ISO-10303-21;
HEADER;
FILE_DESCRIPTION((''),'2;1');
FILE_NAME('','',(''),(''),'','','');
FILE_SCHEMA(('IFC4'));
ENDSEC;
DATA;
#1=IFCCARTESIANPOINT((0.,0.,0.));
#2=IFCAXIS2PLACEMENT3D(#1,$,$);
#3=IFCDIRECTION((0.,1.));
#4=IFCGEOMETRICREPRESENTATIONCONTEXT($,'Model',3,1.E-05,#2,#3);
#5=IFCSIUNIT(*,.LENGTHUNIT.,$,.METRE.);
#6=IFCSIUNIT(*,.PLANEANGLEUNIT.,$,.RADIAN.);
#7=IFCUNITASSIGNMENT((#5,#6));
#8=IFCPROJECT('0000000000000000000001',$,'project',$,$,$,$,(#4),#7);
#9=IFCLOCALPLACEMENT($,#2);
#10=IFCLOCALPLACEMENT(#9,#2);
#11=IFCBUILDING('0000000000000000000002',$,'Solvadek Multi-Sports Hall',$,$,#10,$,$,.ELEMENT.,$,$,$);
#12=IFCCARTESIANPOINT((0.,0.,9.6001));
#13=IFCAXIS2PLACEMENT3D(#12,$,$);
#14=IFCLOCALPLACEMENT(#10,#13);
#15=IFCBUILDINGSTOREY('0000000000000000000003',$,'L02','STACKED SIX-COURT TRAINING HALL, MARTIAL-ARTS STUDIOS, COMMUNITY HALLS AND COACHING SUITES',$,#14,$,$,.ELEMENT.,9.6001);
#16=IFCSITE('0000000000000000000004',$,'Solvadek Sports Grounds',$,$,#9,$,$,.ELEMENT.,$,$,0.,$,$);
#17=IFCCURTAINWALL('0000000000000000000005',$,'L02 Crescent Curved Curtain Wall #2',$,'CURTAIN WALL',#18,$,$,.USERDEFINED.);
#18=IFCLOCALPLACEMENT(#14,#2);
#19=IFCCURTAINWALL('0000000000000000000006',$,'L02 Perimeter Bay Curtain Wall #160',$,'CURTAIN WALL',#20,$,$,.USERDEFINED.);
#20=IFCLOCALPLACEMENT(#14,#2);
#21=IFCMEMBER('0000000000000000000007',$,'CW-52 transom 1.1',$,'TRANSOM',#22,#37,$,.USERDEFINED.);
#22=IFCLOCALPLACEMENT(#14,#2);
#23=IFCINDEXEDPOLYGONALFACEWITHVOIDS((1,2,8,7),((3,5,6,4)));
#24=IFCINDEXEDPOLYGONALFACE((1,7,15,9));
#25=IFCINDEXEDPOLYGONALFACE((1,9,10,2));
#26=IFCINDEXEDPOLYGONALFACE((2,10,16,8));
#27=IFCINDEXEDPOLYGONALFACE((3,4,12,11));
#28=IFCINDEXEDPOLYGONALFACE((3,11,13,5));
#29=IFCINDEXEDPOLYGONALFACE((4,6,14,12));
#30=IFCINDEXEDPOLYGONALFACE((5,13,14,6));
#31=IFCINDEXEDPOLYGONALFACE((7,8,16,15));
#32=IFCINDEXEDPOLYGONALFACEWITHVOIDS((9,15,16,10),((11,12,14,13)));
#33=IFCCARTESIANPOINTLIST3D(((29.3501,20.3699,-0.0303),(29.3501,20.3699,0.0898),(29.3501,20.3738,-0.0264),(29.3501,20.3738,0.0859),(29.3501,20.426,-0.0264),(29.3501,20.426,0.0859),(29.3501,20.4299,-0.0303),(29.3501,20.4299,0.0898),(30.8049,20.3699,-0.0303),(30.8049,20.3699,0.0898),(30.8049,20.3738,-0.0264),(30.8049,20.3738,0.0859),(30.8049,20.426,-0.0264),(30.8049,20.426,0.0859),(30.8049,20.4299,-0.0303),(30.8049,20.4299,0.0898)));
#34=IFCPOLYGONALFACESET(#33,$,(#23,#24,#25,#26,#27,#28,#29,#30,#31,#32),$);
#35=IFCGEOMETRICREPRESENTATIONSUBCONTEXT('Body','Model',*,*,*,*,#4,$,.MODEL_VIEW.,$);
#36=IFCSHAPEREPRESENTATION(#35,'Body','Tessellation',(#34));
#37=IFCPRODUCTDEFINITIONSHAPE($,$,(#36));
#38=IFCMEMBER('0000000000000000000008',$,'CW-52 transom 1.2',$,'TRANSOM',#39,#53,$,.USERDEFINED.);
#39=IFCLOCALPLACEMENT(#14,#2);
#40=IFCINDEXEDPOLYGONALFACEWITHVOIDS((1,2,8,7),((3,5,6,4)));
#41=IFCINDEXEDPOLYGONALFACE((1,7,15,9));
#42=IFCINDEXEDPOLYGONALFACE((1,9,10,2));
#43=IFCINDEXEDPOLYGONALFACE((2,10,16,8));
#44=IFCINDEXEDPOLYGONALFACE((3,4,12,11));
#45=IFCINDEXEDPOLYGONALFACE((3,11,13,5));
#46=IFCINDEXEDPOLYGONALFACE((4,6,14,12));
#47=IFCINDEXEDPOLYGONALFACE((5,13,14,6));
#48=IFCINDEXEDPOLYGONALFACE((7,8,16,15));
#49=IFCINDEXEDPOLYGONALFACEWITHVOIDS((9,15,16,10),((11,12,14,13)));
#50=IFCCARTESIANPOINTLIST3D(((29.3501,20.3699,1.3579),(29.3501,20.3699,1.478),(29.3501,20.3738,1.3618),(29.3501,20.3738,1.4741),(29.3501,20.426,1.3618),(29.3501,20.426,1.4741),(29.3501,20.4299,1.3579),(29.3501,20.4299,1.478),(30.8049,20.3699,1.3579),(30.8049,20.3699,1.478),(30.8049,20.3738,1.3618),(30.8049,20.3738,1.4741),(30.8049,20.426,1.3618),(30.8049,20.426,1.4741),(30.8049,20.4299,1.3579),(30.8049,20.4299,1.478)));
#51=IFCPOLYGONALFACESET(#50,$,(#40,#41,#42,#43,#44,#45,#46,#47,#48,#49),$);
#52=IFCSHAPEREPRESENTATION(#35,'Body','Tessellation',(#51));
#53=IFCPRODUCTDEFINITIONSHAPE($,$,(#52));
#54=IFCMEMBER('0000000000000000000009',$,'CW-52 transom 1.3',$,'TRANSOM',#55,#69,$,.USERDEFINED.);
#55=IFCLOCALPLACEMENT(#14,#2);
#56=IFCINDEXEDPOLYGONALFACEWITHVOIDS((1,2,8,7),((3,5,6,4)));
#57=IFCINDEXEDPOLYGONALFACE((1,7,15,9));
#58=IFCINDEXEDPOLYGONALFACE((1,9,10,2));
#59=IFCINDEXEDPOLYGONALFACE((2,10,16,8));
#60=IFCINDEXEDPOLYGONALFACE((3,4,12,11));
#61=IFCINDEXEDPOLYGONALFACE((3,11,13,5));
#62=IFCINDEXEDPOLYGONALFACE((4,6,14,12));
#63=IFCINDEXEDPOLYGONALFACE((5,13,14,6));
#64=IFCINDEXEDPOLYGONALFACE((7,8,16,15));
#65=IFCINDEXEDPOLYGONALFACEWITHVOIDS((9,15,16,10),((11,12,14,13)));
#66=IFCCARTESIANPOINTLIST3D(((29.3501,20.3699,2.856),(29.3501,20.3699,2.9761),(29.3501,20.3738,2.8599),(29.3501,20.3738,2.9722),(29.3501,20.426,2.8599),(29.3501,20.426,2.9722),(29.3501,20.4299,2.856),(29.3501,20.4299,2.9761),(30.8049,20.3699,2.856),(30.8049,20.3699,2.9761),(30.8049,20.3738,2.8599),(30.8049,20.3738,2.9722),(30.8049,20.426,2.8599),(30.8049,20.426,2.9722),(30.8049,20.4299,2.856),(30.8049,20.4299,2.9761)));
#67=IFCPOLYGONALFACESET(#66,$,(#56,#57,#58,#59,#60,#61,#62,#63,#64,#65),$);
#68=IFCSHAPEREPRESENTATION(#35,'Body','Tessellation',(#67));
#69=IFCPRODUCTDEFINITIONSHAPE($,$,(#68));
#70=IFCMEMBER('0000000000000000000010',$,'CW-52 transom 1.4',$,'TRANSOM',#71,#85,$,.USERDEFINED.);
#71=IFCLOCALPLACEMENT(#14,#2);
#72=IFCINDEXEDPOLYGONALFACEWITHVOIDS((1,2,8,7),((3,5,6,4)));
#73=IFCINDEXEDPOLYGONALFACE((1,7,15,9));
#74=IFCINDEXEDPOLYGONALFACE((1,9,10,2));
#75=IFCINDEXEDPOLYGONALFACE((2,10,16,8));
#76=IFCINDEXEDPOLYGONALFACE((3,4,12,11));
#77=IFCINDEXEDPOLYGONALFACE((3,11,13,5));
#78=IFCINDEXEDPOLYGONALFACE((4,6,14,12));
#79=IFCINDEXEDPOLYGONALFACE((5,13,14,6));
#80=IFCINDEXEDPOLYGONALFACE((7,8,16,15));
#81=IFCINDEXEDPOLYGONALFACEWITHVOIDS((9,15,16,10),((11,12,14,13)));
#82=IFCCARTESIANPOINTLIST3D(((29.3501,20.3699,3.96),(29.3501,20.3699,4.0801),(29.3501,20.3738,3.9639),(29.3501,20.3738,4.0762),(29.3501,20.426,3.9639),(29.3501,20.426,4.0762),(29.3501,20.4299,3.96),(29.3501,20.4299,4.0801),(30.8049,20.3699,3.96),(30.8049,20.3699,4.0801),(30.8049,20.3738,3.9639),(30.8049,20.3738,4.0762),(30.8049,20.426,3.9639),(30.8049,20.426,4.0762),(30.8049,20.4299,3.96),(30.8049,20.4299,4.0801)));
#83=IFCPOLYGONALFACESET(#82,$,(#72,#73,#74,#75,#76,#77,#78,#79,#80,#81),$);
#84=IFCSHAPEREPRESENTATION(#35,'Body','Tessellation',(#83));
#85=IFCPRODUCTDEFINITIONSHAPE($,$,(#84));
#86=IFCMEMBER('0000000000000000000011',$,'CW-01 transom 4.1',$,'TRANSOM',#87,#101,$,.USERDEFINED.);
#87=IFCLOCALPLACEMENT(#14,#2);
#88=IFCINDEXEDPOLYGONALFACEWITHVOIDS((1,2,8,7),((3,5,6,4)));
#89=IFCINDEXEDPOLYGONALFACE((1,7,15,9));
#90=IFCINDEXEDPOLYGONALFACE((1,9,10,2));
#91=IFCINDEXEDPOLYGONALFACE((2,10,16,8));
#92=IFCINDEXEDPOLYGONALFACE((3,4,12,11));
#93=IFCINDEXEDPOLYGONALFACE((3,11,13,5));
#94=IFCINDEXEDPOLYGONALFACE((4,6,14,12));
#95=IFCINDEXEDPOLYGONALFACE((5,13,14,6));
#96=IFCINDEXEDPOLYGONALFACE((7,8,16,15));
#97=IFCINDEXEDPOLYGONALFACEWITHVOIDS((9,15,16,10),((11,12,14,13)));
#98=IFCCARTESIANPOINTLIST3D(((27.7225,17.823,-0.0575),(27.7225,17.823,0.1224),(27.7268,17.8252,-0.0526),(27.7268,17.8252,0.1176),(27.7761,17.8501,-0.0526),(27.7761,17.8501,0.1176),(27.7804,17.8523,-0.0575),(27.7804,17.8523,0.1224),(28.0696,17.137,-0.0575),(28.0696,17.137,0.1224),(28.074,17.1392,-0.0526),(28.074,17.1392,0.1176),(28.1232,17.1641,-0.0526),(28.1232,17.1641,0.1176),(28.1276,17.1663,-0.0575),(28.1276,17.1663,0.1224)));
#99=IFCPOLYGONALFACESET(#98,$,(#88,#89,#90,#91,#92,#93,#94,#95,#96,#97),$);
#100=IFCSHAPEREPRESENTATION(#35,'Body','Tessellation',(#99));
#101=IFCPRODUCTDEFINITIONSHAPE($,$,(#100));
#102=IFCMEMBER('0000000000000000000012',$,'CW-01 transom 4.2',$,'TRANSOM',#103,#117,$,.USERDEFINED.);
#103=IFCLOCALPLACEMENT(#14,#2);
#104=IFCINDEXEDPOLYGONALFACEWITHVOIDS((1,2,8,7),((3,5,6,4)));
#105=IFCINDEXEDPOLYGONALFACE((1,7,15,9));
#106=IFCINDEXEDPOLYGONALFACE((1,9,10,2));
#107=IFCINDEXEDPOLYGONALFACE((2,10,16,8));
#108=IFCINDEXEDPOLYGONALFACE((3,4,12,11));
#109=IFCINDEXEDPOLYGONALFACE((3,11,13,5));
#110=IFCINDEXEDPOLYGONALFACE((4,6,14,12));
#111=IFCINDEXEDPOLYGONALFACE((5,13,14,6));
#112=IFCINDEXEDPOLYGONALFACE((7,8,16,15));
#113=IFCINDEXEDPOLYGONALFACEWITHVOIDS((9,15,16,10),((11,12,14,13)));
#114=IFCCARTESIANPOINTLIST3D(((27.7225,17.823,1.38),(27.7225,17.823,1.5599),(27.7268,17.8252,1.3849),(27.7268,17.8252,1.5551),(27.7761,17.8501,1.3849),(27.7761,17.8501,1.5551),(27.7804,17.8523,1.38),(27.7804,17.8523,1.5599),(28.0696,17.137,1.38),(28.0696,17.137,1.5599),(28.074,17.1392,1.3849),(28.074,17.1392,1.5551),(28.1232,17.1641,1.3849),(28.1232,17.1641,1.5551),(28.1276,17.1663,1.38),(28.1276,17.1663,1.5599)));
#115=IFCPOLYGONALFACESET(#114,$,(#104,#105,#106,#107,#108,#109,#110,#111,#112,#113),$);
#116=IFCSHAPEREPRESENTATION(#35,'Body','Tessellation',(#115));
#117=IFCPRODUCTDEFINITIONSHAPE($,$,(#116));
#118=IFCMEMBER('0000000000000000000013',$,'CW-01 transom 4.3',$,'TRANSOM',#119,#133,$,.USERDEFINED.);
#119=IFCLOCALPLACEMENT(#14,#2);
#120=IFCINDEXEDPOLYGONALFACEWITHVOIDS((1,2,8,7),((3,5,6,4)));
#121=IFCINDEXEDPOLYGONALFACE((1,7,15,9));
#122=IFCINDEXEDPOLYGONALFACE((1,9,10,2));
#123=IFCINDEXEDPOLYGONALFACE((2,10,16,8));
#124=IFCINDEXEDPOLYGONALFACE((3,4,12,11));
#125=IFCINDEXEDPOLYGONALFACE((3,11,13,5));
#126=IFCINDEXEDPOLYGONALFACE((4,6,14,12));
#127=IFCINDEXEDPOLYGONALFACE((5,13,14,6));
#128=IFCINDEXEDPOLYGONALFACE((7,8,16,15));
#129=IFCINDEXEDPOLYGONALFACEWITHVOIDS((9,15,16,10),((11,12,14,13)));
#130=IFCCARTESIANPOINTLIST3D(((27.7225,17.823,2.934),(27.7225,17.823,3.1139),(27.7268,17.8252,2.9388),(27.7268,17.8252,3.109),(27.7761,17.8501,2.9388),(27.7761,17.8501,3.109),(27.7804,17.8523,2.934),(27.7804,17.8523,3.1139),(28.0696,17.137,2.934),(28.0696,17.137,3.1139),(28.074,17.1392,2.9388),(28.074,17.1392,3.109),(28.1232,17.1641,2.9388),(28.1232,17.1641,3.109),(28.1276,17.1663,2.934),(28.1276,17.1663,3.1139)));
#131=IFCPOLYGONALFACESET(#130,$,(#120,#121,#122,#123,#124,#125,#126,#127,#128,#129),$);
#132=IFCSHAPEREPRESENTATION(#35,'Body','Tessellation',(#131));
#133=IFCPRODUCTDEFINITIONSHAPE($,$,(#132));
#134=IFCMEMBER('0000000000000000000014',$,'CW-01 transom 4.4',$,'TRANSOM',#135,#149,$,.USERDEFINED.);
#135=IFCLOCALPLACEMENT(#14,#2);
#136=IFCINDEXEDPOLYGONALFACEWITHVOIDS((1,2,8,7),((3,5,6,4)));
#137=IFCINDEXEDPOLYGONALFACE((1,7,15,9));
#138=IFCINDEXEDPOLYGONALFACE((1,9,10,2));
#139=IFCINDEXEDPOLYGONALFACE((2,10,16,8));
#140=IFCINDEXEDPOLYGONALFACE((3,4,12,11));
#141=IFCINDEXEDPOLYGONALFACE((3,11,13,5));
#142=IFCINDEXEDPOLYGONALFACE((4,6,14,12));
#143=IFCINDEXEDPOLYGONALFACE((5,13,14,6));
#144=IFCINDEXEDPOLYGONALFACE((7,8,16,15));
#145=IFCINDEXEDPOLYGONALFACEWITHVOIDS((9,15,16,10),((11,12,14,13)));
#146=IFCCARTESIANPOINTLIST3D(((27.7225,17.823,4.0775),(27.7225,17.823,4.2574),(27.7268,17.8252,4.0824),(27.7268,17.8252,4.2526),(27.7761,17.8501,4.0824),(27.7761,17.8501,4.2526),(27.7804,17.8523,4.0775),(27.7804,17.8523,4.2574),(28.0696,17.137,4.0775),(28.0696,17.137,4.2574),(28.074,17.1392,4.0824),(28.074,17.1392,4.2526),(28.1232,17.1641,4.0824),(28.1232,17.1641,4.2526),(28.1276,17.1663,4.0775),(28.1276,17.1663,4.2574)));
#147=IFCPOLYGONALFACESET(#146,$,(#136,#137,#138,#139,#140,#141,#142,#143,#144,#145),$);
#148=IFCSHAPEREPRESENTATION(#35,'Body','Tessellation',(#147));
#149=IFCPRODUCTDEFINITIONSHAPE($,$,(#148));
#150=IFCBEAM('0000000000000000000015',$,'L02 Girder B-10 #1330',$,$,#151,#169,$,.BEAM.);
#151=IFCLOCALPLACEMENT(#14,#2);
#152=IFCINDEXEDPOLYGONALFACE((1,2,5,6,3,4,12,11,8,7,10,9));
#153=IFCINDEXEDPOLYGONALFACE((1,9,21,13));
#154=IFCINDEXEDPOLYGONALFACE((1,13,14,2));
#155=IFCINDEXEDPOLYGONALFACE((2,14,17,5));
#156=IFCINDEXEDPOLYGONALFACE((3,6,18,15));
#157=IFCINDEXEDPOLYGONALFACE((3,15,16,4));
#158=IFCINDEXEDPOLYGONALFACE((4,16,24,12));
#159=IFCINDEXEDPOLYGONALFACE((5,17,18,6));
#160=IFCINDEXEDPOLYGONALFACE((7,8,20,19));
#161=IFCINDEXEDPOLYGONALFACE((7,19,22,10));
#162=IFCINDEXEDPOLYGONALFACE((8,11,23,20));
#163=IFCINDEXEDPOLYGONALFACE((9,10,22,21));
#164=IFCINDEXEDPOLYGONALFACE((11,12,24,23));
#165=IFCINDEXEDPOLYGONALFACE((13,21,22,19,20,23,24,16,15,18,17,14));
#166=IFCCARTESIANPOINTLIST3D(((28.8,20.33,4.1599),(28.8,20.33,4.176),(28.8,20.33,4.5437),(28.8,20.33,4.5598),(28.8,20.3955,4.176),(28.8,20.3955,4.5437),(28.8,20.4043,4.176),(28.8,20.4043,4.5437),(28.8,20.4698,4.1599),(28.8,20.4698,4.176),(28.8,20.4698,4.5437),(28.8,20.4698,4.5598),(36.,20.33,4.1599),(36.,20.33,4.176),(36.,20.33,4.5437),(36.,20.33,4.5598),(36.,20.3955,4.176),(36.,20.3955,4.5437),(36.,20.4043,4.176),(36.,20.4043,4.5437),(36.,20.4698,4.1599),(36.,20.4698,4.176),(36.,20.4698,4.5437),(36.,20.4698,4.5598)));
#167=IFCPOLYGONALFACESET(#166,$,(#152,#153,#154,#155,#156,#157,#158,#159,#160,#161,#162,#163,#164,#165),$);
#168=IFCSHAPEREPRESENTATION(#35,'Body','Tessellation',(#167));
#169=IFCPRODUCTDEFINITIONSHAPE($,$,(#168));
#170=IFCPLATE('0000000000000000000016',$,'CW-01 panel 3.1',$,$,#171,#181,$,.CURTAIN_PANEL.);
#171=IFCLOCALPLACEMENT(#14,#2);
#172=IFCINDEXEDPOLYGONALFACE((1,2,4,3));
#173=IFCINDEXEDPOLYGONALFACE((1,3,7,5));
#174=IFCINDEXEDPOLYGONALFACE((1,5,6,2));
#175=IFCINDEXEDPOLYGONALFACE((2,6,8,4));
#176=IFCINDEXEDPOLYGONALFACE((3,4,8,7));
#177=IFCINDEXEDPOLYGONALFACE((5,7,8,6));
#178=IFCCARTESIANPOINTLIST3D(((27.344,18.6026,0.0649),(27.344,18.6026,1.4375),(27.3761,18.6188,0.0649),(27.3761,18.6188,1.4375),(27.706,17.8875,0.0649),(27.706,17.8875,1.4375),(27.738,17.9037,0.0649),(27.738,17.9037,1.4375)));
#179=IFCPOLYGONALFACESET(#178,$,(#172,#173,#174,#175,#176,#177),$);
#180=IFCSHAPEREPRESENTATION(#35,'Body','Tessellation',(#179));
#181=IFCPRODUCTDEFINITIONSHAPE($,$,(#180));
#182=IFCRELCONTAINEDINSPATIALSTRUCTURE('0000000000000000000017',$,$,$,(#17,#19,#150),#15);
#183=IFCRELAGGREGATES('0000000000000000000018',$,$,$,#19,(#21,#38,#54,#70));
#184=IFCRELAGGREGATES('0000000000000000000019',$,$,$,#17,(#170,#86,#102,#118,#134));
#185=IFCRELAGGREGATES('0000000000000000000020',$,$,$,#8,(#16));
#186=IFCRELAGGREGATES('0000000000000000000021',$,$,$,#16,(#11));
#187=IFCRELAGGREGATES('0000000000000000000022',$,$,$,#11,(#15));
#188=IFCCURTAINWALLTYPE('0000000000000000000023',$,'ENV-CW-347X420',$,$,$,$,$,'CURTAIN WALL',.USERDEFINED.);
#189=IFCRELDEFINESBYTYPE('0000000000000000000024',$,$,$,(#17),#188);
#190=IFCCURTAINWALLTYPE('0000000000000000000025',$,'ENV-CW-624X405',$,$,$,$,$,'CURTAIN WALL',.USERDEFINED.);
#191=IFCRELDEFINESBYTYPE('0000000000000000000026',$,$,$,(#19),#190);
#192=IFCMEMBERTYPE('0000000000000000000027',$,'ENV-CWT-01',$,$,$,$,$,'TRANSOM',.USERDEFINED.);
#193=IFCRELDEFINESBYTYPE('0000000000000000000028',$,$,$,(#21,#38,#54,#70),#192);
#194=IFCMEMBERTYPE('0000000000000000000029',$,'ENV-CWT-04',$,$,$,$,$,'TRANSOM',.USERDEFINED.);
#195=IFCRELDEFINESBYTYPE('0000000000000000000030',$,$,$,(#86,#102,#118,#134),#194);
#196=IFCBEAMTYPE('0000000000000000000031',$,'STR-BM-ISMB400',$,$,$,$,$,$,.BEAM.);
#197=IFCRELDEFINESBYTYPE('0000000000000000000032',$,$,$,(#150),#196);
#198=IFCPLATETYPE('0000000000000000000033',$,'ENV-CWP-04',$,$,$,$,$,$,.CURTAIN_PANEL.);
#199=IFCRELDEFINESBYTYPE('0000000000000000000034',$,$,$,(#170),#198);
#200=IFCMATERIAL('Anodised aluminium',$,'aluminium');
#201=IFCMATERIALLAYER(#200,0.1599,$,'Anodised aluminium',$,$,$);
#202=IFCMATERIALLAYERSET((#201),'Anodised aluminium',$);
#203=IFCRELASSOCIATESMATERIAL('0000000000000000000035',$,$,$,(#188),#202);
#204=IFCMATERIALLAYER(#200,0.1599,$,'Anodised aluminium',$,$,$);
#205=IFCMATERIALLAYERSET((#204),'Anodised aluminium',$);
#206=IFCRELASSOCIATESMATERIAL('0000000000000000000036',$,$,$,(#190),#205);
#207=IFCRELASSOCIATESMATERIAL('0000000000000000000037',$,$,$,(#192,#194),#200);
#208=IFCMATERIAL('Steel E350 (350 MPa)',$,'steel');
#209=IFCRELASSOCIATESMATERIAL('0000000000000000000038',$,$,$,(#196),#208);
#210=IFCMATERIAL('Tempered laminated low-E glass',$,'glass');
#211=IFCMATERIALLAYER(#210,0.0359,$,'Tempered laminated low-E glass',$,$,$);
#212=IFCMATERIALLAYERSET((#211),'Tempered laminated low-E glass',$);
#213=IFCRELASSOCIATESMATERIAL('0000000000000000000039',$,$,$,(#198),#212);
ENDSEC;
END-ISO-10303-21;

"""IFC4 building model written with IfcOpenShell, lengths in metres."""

from ifc_helpers import new_model, si_unit, direction, frame, origin, origin_2d, place, context, subcontext, project, spatial, rectangle, hollow_rectangle, i_section, extrude, material, layer, layer_set, material_profile, profile_set, type_object, element, aggregate, save


model = new_model("IFC4")

# Units and contexts
model_context = context("Model", 3, precision=1e-05, world=origin(), true_north=direction((0.0, 1.0)))
body_context = subcontext(model_context, "Body", "Model", "MODEL_VIEW")
ifc_project = project(units=[si_unit("LENGTHUNIT", "METRE"), si_unit("PLANEANGLEUNIT", "RADIAN")], contexts=[model_context])

# Site, building, storey
site_placement = place(None, origin())
site = spatial("IfcSite", under=ifc_project, at=site_placement, Name="Solvadek Sports Grounds", CompositionType="ELEMENT", RefElevation=0.0)
building_placement = place(site_placement, origin())
building = spatial("IfcBuilding", under=site, at=building_placement, Name="Solvadek Multi-Sports Hall", CompositionType="ELEMENT")
storey_placement = place(building_placement, frame((0.0, 0.0, 9.6001)))
storey = spatial("IfcBuildingStorey", under=building, at=storey_placement, Name="L02", Description="STACKED SIX-COURT TRAINING HALL, MARTIAL-ARTS STUDIOS, COMMUNITY HALLS AND COACHING SUITES", CompositionType="ELEMENT", Elevation=9.6001)

# Shared definitions
ifc_material_1 = material(Name="Steel E350 (350 MPa)", Category="steel")

# Curtain wall
ifc_material_2 = material(Name="Anodised aluminium", Category="aluminium")
ifc_layer_1 = layer(ifc_material_2, 0.1599, Name="Anodised aluminium")
ifc_layer_set_1 = layer_set([ifc_layer_1], Name="Anodised aluminium")
curtain_wall_type_1 = type_object("IfcCurtainWallType", Name="ENV-CW-347X420", ElementType="CURTAIN WALL", PredefinedType="USERDEFINED", material=ifc_layer_set_1)
curtain_wall_1_placement = place(storey_placement, origin())
curtain_wall_1 = element("IfcCurtainWall", 1, at=curtain_wall_1_placement, inside=storey, type_object=curtain_wall_type_1, Name="L02 Crescent Curved Curtain Wall #2", ObjectType="CURTAIN WALL", PredefinedType="USERDEFINED")

# Curtain wall
ifc_layer_2 = layer(ifc_material_2, 0.1599, Name="Anodised aluminium")
ifc_layer_set_2 = layer_set([ifc_layer_2], Name="Anodised aluminium")
curtain_wall_type_2 = type_object("IfcCurtainWallType", Name="ENV-CW-624X405", ElementType="CURTAIN WALL", PredefinedType="USERDEFINED", material=ifc_layer_set_2)
curtain_wall_2_placement = place(storey_placement, origin())
curtain_wall_2 = element("IfcCurtainWall", 2, at=curtain_wall_2_placement, inside=storey, type_object=curtain_wall_type_2, Name="L02 Perimeter Bay Curtain Wall #160", ObjectType="CURTAIN WALL", PredefinedType="USERDEFINED")

# Members
ifc_material_profile_1 = material_profile(ifc_material_2, hollow_rectangle(XDim=0.0601, YDim=0.1201, WallThickness=0.0039, at=origin_2d()), Name="ALU-T 120x60x4")
ifc_profile_set_1 = profile_set([ifc_material_profile_1], Name="Anodised aluminium")
member_type_1 = type_object("IfcMemberType", Name="ENV-CWT-01", ElementType="TRANSOM", PredefinedType="USERDEFINED", material=ifc_profile_set_1)
member_1_placement = place(storey_placement, frame((29.3501, 20.3999, 0.0298), z_axis=(1.0, 0.0, 0.0), x_axis=(0.0, 1.0, 0.0)))
member_1 = element("IfcMember", 3, at=member_1_placement, type_object=member_type_1, Name="CW-52 transom 1.1", ObjectType="TRANSOM", PredefinedType="USERDEFINED", context=body_context, shape_type="SweptSolid", body=[
    extrude(hollow_rectangle(XDim=0.0601, YDim=0.1201, WallThickness=0.0039, at=origin_2d()), origin(), (0.0, 0.0, 1.0), 1.4548),
])
member_2_placement = place(storey_placement, frame((29.3501, 20.3999, 1.418), z_axis=(1.0, 0.0, 0.0), x_axis=(0.0, 1.0, 0.0)))
member_2 = element("IfcMember", 4, at=member_2_placement, type_object=member_type_1, Name="CW-52 transom 1.2", ObjectType="TRANSOM", PredefinedType="USERDEFINED", context=body_context, shape_type="SweptSolid", body=[
    extrude(hollow_rectangle(XDim=0.0601, YDim=0.1201, WallThickness=0.0039, at=origin_2d()), origin(), (0.0, 0.0, 1.0), 1.4548),
])
member_3_placement = place(storey_placement, frame((29.3501, 20.3999, 2.916), z_axis=(1.0, 0.0, 0.0), x_axis=(0.0, 1.0, 0.0)))
member_3 = element("IfcMember", 5, at=member_3_placement, type_object=member_type_1, Name="CW-52 transom 1.3", ObjectType="TRANSOM", PredefinedType="USERDEFINED", context=body_context, shape_type="SweptSolid", body=[
    extrude(hollow_rectangle(XDim=0.0601, YDim=0.1201, WallThickness=0.0039, at=origin_2d()), origin(), (0.0, 0.0, 1.0), 1.4548),
])
member_4_placement = place(storey_placement, frame((29.3501, 20.3999, 4.02), z_axis=(1.0, 0.0, 0.0), x_axis=(0.0, 1.0, 0.0)))
member_4 = element("IfcMember", 6, at=member_4_placement, type_object=member_type_1, Name="CW-52 transom 1.4", ObjectType="TRANSOM", PredefinedType="USERDEFINED", context=body_context, shape_type="SweptSolid", body=[
    extrude(hollow_rectangle(XDim=0.0601, YDim=0.1201, WallThickness=0.0039, at=origin_2d()), origin(), (0.0, 0.0, 1.0), 1.4548),
])
aggregate(curtain_wall_2, [member_1, member_2, member_3, member_4])
ifc_material_profile_2 = material_profile(ifc_material_2, hollow_rectangle(XDim=0.0649, YDim=0.1799, WallThickness=0.0049, at=origin_2d()), Name="ALU-T 180x65x5")
ifc_profile_set_2 = profile_set([ifc_material_profile_2], Name="Anodised aluminium")
member_type_2 = type_object("IfcMemberType", Name="ENV-CWT-04", ElementType="TRANSOM", PredefinedType="USERDEFINED", material=ifc_profile_set_2)
member_5_placement = place(storey_placement, frame((27.7515, 17.8376, 0.0325), z_axis=(0.451527, -0.892258, 0.0), x_axis=(0.892258, 0.451527, 0.0)))
member_5 = element("IfcMember", 7, at=member_5_placement, type_object=member_type_2, Name="CW-01 transom 4.1", ObjectType="TRANSOM", PredefinedType="USERDEFINED", context=body_context, shape_type="SweptSolid", body=[
    extrude(hollow_rectangle(XDim=0.0649, YDim=0.1799, WallThickness=0.0049, at=origin_2d()), origin(), (0.0, 0.0, 1.0), 0.7688),
])
member_6_placement = place(storey_placement, frame((27.7515, 17.8376, 1.47), z_axis=(0.451527, -0.892258, 0.0), x_axis=(0.892258, 0.451527, 0.0)))
member_6 = element("IfcMember", 8, at=member_6_placement, type_object=member_type_2, Name="CW-01 transom 4.2", ObjectType="TRANSOM", PredefinedType="USERDEFINED", context=body_context, shape_type="SweptSolid", body=[
    extrude(hollow_rectangle(XDim=0.0649, YDim=0.1799, WallThickness=0.0049, at=origin_2d()), origin(), (0.0, 0.0, 1.0), 0.7688),
])
member_7_placement = place(storey_placement, frame((27.7515, 17.8376, 3.0239), z_axis=(0.451527, -0.892258, 0.0), x_axis=(0.892258, 0.451527, 0.0)))
member_7 = element("IfcMember", 9, at=member_7_placement, type_object=member_type_2, Name="CW-01 transom 4.3", ObjectType="TRANSOM", PredefinedType="USERDEFINED", context=body_context, shape_type="SweptSolid", body=[
    extrude(hollow_rectangle(XDim=0.0649, YDim=0.1799, WallThickness=0.0049, at=origin_2d()), origin(), (0.0, 0.0, 1.0), 0.7688),
])
member_8_placement = place(storey_placement, frame((27.7515, 17.8376, 4.1675), z_axis=(0.451527, -0.892258, 0.0), x_axis=(0.892258, 0.451527, 0.0)))
member_8 = element("IfcMember", 10, at=member_8_placement, type_object=member_type_2, Name="CW-01 transom 4.4", ObjectType="TRANSOM", PredefinedType="USERDEFINED", context=body_context, shape_type="SweptSolid", body=[
    extrude(hollow_rectangle(XDim=0.0649, YDim=0.1799, WallThickness=0.0049, at=origin_2d()), origin(), (0.0, 0.0, 1.0), 0.7688),
])

# Beam
ifc_material_profile_3 = material_profile(ifc_material_1, i_section(OverallWidth=0.1399, OverallDepth=0.3999, WebThickness=0.0088, FlangeThickness=0.0161, at=origin_2d()), Name="ISMB 400")
ifc_profile_set_3 = profile_set([ifc_material_profile_3], Name="Steel E350 (350 MPa)")
beam_type = type_object("IfcBeamType", Name="STR-BM-ISMB400", PredefinedType="BEAM", material=ifc_profile_set_3)
beam_placement = place(storey_placement, frame((28.8, 20.3999, 4.3599), z_axis=(1.0, 0.0, 0.0), x_axis=(0.0, 1.0, 0.0)))
element("IfcBeam", 11, at=beam_placement, inside=storey, type_object=beam_type, Name="L02 Girder B-10 #1330", PredefinedType="BEAM", context=body_context, shape_type="SweptSolid", body=[
    extrude(i_section(OverallWidth=0.1399, OverallDepth=0.3999, WebThickness=0.0088, FlangeThickness=0.0161, at=origin_2d()), origin(), (0.0, 0.0, 1.0), 7.2),
])

# Plate
ifc_material_3 = material(Name="Tempered laminated low-E glass", Category="glass")
ifc_layer_3 = layer(ifc_material_3, 0.0359, Name="Tempered laminated low-E glass")
ifc_layer_set_3 = layer_set([ifc_layer_3], Name="Tempered laminated low-E glass")
plate_type = type_object("IfcPlateType", Name="ENV-CWP-04", PredefinedType="CURTAIN_PANEL", material=ifc_layer_set_3)
plate_1_placement = place(storey_placement, frame((27.541, 18.2532, 0.0649), z_axis=(0.0, 0.0, 1.0), x_axis=(0.451559, -0.892241, 0.0)))
plate_1 = element("IfcPlate", 12, at=plate_1_placement, type_object=plate_type, Name="CW-01 panel 3.1", PredefinedType="CURTAIN_PANEL", context=body_context, shape_type="SweptSolid", body=[
    extrude(rectangle(XDim=0.8015, YDim=0.0359, at=origin_2d()), origin(), (0.0, 0.0, 1.0), 1.3726),
])
aggregate(curtain_wall_1, [plate_1, member_5, member_6, member_7, member_8])

save(model, "model.ifc")
